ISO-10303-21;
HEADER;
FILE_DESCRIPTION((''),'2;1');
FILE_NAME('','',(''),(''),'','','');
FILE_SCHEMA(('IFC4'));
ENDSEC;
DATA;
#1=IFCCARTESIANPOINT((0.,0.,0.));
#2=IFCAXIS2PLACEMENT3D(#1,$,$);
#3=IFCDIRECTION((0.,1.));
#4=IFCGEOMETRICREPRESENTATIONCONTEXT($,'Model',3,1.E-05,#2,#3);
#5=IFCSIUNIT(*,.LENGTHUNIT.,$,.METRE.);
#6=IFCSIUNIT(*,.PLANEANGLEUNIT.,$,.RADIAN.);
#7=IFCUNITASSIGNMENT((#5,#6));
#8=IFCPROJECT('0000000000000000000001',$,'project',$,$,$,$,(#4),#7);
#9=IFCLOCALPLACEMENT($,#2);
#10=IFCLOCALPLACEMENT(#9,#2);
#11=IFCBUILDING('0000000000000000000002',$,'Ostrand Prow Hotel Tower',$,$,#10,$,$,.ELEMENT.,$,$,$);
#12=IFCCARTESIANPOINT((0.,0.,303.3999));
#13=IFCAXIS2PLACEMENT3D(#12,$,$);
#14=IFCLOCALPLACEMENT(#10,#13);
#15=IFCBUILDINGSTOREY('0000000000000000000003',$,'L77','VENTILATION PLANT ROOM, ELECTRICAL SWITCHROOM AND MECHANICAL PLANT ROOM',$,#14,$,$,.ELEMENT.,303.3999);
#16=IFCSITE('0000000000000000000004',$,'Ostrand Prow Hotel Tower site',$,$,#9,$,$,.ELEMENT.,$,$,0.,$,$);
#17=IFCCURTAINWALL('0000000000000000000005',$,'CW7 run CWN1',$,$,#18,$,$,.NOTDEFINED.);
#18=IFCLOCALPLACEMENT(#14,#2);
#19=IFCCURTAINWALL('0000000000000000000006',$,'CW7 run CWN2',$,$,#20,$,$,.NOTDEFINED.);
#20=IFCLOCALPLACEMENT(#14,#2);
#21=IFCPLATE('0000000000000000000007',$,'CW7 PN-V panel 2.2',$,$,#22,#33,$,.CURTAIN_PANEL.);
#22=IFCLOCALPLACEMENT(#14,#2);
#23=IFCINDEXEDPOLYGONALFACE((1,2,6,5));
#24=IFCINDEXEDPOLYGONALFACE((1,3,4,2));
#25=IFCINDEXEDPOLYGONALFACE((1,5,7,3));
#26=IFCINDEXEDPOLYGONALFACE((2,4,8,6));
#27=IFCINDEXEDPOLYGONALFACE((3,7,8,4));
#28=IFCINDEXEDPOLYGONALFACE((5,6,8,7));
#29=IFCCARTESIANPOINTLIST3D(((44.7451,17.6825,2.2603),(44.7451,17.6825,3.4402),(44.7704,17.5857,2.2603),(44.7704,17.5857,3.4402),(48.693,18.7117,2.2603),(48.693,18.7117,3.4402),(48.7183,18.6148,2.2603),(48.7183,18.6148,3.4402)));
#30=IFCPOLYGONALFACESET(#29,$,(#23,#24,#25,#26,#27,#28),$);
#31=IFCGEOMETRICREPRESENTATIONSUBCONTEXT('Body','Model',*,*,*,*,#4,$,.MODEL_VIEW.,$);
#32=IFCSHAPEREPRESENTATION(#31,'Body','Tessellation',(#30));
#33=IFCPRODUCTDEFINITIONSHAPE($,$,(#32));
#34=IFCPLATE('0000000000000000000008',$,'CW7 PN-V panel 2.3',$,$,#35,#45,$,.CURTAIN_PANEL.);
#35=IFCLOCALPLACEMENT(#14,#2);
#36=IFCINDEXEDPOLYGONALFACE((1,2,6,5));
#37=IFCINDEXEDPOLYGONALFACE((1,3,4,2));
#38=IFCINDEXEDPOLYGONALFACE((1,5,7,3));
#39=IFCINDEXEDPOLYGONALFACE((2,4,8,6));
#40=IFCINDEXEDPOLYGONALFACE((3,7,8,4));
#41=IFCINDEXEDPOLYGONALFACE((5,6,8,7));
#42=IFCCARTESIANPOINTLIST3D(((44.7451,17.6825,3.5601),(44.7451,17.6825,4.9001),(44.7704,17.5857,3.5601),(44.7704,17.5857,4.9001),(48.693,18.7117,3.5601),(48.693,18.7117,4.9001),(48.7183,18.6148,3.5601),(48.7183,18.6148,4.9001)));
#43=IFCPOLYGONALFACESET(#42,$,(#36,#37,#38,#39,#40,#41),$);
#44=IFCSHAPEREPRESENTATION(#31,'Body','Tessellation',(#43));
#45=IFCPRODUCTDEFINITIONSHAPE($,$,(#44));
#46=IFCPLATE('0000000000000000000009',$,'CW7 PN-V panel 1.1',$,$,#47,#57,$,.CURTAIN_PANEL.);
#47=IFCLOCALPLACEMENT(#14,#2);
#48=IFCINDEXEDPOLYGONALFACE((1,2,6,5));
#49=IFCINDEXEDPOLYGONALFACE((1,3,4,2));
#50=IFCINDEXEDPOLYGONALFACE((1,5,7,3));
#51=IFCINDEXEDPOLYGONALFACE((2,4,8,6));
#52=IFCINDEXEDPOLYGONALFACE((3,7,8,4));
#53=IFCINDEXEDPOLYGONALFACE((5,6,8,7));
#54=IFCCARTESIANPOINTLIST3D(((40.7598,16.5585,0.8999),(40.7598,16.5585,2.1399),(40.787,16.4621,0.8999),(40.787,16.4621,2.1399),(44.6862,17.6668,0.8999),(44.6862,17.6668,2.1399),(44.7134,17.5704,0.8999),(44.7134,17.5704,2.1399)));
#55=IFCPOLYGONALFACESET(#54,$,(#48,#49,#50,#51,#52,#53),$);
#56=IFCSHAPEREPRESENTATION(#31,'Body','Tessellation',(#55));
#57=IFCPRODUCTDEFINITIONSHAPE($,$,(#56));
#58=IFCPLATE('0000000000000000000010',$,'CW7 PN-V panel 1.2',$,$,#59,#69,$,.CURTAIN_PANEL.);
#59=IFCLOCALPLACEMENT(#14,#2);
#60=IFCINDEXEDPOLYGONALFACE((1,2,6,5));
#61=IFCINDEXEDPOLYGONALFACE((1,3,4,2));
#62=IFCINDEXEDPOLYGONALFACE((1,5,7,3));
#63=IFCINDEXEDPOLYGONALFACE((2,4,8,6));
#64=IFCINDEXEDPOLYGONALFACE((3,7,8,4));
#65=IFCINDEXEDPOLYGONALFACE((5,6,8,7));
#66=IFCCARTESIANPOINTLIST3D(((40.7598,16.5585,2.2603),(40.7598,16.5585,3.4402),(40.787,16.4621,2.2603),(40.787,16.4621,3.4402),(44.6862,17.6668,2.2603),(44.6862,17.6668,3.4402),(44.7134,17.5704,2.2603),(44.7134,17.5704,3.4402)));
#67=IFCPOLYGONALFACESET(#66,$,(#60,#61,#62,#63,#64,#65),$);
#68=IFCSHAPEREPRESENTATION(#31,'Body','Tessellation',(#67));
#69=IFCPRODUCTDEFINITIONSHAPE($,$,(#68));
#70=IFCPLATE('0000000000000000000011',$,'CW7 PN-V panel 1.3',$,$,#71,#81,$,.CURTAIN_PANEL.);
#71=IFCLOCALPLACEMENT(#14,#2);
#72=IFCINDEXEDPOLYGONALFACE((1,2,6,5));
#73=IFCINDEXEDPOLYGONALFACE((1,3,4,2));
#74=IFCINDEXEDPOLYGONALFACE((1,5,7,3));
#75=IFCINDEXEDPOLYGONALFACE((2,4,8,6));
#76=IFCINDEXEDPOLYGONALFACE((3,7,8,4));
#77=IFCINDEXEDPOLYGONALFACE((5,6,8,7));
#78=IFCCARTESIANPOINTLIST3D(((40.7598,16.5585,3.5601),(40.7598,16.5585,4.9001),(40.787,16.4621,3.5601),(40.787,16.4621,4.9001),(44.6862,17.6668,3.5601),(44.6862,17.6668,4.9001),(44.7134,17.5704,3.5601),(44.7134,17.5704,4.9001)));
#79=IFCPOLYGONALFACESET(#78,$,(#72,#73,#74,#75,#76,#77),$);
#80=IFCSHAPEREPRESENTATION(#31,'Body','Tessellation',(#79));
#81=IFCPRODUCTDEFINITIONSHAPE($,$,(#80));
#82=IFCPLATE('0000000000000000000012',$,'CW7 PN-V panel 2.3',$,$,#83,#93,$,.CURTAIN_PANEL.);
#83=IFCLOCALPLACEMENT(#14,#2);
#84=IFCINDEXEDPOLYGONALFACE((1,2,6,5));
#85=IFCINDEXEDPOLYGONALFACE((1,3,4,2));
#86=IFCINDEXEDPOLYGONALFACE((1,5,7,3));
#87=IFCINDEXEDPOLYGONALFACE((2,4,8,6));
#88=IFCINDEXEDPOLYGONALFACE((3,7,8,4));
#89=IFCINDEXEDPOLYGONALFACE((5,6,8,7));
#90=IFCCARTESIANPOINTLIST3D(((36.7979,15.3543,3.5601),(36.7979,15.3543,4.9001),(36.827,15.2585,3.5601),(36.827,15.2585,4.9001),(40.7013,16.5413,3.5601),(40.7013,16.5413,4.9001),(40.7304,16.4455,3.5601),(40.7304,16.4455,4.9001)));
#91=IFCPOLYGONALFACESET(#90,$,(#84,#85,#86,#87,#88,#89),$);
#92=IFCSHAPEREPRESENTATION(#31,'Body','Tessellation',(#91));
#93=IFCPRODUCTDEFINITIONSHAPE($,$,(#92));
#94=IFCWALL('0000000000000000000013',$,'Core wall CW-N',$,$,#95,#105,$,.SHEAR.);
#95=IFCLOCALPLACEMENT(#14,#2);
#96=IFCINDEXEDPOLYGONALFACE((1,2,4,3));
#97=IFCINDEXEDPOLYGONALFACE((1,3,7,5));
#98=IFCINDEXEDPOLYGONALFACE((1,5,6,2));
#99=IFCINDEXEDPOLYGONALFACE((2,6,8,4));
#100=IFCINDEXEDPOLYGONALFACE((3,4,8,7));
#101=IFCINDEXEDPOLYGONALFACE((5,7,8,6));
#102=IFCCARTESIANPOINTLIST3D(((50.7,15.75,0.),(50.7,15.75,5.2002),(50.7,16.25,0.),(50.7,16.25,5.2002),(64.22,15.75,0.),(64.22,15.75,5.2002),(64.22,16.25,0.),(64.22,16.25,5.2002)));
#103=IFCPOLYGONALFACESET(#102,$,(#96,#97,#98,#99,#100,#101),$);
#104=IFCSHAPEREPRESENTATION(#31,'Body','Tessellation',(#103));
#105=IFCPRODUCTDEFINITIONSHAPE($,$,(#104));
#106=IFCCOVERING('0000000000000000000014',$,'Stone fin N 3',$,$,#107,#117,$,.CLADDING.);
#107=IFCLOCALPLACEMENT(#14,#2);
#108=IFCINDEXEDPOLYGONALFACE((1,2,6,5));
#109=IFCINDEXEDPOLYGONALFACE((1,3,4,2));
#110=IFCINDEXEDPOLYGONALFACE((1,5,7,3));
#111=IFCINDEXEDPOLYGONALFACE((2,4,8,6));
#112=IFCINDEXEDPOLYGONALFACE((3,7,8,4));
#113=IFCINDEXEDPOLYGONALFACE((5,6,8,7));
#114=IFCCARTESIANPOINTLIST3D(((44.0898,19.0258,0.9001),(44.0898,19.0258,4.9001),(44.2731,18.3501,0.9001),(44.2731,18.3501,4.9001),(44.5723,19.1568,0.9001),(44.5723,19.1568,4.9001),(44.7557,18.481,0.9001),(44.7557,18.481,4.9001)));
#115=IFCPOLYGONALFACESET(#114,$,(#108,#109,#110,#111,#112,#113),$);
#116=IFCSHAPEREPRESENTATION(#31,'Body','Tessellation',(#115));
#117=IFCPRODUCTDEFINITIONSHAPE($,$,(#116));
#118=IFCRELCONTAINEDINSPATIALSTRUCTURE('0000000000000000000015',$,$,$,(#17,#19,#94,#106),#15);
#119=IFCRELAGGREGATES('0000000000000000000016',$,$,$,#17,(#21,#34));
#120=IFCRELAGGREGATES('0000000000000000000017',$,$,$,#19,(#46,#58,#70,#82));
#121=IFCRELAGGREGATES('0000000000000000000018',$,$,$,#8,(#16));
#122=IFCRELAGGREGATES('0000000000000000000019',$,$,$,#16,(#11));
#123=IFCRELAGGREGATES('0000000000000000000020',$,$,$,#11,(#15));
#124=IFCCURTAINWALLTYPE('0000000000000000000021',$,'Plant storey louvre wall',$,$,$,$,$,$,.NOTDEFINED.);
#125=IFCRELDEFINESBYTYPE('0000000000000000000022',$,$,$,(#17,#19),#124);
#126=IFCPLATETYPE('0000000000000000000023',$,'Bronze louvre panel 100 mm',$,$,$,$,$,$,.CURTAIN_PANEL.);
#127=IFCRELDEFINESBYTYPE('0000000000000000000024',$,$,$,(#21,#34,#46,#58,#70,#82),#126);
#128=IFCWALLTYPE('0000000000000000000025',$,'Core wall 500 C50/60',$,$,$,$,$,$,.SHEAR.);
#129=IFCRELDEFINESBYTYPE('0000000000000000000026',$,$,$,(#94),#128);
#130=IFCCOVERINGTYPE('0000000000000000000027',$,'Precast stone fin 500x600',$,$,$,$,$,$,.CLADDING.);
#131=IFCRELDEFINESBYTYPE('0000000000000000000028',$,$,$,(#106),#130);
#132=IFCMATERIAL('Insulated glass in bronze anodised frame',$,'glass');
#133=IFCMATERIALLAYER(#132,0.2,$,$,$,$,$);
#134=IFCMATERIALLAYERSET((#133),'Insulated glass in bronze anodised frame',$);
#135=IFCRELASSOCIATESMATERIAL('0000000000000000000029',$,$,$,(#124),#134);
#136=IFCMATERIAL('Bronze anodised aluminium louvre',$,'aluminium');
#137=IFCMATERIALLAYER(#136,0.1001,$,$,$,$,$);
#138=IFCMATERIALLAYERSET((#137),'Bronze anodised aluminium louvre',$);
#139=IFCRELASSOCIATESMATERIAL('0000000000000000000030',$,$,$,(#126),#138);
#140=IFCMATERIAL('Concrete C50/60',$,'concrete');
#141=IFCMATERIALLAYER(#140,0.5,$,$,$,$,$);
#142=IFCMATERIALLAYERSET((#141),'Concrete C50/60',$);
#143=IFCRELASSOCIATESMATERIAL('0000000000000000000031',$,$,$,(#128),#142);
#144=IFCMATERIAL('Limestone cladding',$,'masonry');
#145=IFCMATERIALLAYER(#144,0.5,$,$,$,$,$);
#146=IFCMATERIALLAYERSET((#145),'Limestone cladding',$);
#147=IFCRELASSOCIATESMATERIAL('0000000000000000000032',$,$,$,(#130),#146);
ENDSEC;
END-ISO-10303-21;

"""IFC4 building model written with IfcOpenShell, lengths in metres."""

from ifc_helpers import new_model, si_unit, direction, frame, frame_2d, origin, origin_2d, place, context, subcontext, project, spatial, rectangle, extrude, material, layer, layer_set, type_object, element, aggregate, save


model = new_model("IFC4")

# Units and contexts
model_context = context("Model", 3, precision=1e-05, world=origin(), true_north=direction((0.0, 1.0)))
body_context = subcontext(model_context, "Body", "Model", "MODEL_VIEW")
ifc_project = project(units=[si_unit("LENGTHUNIT", "METRE"), si_unit("PLANEANGLEUNIT", "RADIAN")], contexts=[model_context])

# Site, building, storey
site_placement = place(None, origin())
site = spatial("IfcSite", under=ifc_project, at=site_placement, Name="Ostrand Prow Hotel Tower site", CompositionType="ELEMENT", RefElevation=0.0)
building_placement = place(site_placement, origin())
building = spatial("IfcBuilding", under=site, at=building_placement, Name="Ostrand Prow Hotel Tower", CompositionType="ELEMENT")
storey_placement = place(building_placement, frame((0.0, 0.0, 303.3999)))
storey = spatial("IfcBuildingStorey", under=building, at=storey_placement, Name="L77", Description="VENTILATION PLANT ROOM, ELECTRICAL SWITCHROOM AND MECHANICAL PLANT ROOM", CompositionType="ELEMENT", Elevation=303.3999)

# Curtain wall
ifc_material_1 = material(Name="Insulated glass in bronze anodised frame", Category="glass")
ifc_layer_1 = layer(ifc_material_1, 0.2)
ifc_layer_set_1 = layer_set([ifc_layer_1], Name="Insulated glass in bronze anodised frame")
curtain_wall_type = type_object("IfcCurtainWallType", Name="Plant storey louvre wall", PredefinedType="NOTDEFINED", material=ifc_layer_set_1)
curtain_wall_1_placement = place(storey_placement, origin())
curtain_wall_1 = element("IfcCurtainWall", 1, at=curtain_wall_1_placement, inside=storey, type_object=curtain_wall_type, Name="CW7 run CWN1", PredefinedType="NOTDEFINED")

# Curtain wall
curtain_wall_2_placement = place(storey_placement, origin())
curtain_wall_2 = element("IfcCurtainWall", 2, at=curtain_wall_2_placement, inside=storey, type_object=curtain_wall_type, Name="CW7 run CWN2", PredefinedType="NOTDEFINED")

# Plates
ifc_material_2 = material(Name="Bronze anodised aluminium louvre", Category="aluminium")
ifc_layer_2 = layer(ifc_material_2, 0.1001)
ifc_layer_set_2 = layer_set([ifc_layer_2], Name="Bronze anodised aluminium louvre")
plate_type = type_object("IfcPlateType", Name="Bronze louvre panel 100 mm", PredefinedType="CURTAIN_PANEL", material=ifc_layer_set_2)
plate_1_placement = place(storey_placement, frame((46.7317, 18.1487, 2.2603), z_axis=(0.0, 0.0, 1.0), x_axis=(-0.967663, -0.252248, 0.0)))
plate_1 = element("IfcPlate", 3, at=plate_1_placement, type_object=plate_type, Name="CW7 PN-V panel 2.2", PredefinedType="CURTAIN_PANEL", context=body_context, shape_type="SweptSolid", body=[
    extrude(rectangle(XDim=4.0798, YDim=0.1001, at=origin_2d()), origin(), (0.0, 0.0, 1.0), 1.1799),
])
plate_2_placement = place(storey_placement, frame((46.7317, 18.1487, 3.5601), z_axis=(0.0, 0.0, 1.0), x_axis=(-0.967663, -0.252248, 0.0)))
plate_2 = element("IfcPlate", 4, at=plate_2_placement, type_object=plate_type, Name="CW7 PN-V panel 2.3", PredefinedType="CURTAIN_PANEL", context=body_context, shape_type="SweptSolid", body=[
    extrude(rectangle(XDim=4.0798, YDim=0.1001, at=origin_2d()), origin(), (0.0, 0.0, 1.0), 1.3401),
])
aggregate(curtain_wall_1, [plate_1, plate_2])
plate_3_placement = place(storey_placement, frame((42.7366, 17.0645, 0.8999), z_axis=(0.0, 0.0, 1.0), x_axis=(-0.962396, -0.271649, 0.0)))
plate_3 = element("IfcPlate", 5, at=plate_3_placement, type_object=plate_type, Name="CW7 PN-V panel 1.1", PredefinedType="CURTAIN_PANEL", context=body_context, shape_type="SweptSolid", body=[
    extrude(rectangle(XDim=4.0798, YDim=0.1001, at=origin_2d()), origin(), (0.0, 0.0, 1.0), 1.24),
])
plate_4_placement = place(storey_placement, frame((42.7366, 17.0645, 2.2603), z_axis=(0.0, 0.0, 1.0), x_axis=(-0.962396, -0.271649, 0.0)))
plate_4 = element("IfcPlate", 6, at=plate_4_placement, type_object=plate_type, Name="CW7 PN-V panel 1.2", PredefinedType="CURTAIN_PANEL", context=body_context, shape_type="SweptSolid", body=[
    extrude(rectangle(XDim=4.0798, YDim=0.1001, at=origin_2d()), origin(), (0.0, 0.0, 1.0), 1.1799),
])
plate_5_placement = place(storey_placement, frame((42.7366, 17.0645, 3.5601), z_axis=(0.0, 0.0, 1.0), x_axis=(-0.962396, -0.271649, 0.0)))
plate_5 = element("IfcPlate", 7, at=plate_5_placement, type_object=plate_type, Name="CW7 PN-V panel 1.3", PredefinedType="CURTAIN_PANEL", context=body_context, shape_type="SweptSolid", body=[
    extrude(rectangle(XDim=4.0798, YDim=0.1001, at=origin_2d()), origin(), (0.0, 0.0, 1.0), 1.3401),
])
plate_6_placement = place(storey_placement, frame((38.7642, 15.8999, 3.5601), z_axis=(0.0, 0.0, 1.0), x_axis=(-0.956742, -0.290938, 0.0)))
plate_6 = element("IfcPlate", 8, at=plate_6_placement, type_object=plate_type, Name="CW7 PN-V panel 2.3", PredefinedType="CURTAIN_PANEL", context=body_context, shape_type="SweptSolid", body=[
    extrude(rectangle(XDim=4.0798, YDim=0.1001, at=origin_2d()), origin(), (0.0, 0.0, 1.0), 1.3401),
])
aggregate(curtain_wall_2, [plate_3, plate_4, plate_5, plate_6])

# Wall
ifc_material_3 = material(Name="Concrete C50/60", Category="concrete")
ifc_layer_3 = layer(ifc_material_3, 0.5)
ifc_layer_set_3 = layer_set([ifc_layer_3], Name="Concrete C50/60")
wall_type = type_object("IfcWallType", Name="Core wall 500 C50/60", PredefinedType="SHEAR", material=ifc_layer_set_3)
wall_placement = place(storey_placement, frame((50.7, 16.0, 0.0), z_axis=(0.0, 0.0, 1.0), x_axis=(1.0, 0.0, 0.0)))
element("IfcWall", 9, at=wall_placement, inside=storey, type_object=wall_type, Name="Core wall CW-N", PredefinedType="SHEAR", context=body_context, shape_type="SweptSolid", body=[
    extrude(rectangle(XDim=13.52, YDim=0.5, at=frame_2d((6.76, 0.0))), origin(), (0.0, 0.0, 1.0), 5.2002),
])

# Covering
ifc_material_4 = material(Name="Limestone cladding", Category="masonry")
ifc_layer_4 = layer(ifc_material_4, 0.5)
ifc_layer_set_4 = layer_set([ifc_layer_4], Name="Limestone cladding")
covering_type = type_object("IfcCoveringType", Name="Precast stone fin 500x600", PredefinedType="CLADDING", material=ifc_layer_set_4)
covering_placement = place(storey_placement, frame((44.5144, 18.4155, 0.9001), z_axis=(0.0, 0.0, 1.0), x_axis=(-0.261849, 0.965109, 0.0)))
element("IfcCovering", 10, at=covering_placement, inside=storey, type_object=covering_type, Name="Stone fin N 3", PredefinedType="CLADDING", context=body_context, shape_type="SweptSolid", body=[
    extrude(rectangle(XDim=0.7002, YDim=0.5, at=frame_2d((0.3501, 0.0))), origin(), (0.0, 0.0, 1.0), 4.0),
])

save(model, "model.ifc")
